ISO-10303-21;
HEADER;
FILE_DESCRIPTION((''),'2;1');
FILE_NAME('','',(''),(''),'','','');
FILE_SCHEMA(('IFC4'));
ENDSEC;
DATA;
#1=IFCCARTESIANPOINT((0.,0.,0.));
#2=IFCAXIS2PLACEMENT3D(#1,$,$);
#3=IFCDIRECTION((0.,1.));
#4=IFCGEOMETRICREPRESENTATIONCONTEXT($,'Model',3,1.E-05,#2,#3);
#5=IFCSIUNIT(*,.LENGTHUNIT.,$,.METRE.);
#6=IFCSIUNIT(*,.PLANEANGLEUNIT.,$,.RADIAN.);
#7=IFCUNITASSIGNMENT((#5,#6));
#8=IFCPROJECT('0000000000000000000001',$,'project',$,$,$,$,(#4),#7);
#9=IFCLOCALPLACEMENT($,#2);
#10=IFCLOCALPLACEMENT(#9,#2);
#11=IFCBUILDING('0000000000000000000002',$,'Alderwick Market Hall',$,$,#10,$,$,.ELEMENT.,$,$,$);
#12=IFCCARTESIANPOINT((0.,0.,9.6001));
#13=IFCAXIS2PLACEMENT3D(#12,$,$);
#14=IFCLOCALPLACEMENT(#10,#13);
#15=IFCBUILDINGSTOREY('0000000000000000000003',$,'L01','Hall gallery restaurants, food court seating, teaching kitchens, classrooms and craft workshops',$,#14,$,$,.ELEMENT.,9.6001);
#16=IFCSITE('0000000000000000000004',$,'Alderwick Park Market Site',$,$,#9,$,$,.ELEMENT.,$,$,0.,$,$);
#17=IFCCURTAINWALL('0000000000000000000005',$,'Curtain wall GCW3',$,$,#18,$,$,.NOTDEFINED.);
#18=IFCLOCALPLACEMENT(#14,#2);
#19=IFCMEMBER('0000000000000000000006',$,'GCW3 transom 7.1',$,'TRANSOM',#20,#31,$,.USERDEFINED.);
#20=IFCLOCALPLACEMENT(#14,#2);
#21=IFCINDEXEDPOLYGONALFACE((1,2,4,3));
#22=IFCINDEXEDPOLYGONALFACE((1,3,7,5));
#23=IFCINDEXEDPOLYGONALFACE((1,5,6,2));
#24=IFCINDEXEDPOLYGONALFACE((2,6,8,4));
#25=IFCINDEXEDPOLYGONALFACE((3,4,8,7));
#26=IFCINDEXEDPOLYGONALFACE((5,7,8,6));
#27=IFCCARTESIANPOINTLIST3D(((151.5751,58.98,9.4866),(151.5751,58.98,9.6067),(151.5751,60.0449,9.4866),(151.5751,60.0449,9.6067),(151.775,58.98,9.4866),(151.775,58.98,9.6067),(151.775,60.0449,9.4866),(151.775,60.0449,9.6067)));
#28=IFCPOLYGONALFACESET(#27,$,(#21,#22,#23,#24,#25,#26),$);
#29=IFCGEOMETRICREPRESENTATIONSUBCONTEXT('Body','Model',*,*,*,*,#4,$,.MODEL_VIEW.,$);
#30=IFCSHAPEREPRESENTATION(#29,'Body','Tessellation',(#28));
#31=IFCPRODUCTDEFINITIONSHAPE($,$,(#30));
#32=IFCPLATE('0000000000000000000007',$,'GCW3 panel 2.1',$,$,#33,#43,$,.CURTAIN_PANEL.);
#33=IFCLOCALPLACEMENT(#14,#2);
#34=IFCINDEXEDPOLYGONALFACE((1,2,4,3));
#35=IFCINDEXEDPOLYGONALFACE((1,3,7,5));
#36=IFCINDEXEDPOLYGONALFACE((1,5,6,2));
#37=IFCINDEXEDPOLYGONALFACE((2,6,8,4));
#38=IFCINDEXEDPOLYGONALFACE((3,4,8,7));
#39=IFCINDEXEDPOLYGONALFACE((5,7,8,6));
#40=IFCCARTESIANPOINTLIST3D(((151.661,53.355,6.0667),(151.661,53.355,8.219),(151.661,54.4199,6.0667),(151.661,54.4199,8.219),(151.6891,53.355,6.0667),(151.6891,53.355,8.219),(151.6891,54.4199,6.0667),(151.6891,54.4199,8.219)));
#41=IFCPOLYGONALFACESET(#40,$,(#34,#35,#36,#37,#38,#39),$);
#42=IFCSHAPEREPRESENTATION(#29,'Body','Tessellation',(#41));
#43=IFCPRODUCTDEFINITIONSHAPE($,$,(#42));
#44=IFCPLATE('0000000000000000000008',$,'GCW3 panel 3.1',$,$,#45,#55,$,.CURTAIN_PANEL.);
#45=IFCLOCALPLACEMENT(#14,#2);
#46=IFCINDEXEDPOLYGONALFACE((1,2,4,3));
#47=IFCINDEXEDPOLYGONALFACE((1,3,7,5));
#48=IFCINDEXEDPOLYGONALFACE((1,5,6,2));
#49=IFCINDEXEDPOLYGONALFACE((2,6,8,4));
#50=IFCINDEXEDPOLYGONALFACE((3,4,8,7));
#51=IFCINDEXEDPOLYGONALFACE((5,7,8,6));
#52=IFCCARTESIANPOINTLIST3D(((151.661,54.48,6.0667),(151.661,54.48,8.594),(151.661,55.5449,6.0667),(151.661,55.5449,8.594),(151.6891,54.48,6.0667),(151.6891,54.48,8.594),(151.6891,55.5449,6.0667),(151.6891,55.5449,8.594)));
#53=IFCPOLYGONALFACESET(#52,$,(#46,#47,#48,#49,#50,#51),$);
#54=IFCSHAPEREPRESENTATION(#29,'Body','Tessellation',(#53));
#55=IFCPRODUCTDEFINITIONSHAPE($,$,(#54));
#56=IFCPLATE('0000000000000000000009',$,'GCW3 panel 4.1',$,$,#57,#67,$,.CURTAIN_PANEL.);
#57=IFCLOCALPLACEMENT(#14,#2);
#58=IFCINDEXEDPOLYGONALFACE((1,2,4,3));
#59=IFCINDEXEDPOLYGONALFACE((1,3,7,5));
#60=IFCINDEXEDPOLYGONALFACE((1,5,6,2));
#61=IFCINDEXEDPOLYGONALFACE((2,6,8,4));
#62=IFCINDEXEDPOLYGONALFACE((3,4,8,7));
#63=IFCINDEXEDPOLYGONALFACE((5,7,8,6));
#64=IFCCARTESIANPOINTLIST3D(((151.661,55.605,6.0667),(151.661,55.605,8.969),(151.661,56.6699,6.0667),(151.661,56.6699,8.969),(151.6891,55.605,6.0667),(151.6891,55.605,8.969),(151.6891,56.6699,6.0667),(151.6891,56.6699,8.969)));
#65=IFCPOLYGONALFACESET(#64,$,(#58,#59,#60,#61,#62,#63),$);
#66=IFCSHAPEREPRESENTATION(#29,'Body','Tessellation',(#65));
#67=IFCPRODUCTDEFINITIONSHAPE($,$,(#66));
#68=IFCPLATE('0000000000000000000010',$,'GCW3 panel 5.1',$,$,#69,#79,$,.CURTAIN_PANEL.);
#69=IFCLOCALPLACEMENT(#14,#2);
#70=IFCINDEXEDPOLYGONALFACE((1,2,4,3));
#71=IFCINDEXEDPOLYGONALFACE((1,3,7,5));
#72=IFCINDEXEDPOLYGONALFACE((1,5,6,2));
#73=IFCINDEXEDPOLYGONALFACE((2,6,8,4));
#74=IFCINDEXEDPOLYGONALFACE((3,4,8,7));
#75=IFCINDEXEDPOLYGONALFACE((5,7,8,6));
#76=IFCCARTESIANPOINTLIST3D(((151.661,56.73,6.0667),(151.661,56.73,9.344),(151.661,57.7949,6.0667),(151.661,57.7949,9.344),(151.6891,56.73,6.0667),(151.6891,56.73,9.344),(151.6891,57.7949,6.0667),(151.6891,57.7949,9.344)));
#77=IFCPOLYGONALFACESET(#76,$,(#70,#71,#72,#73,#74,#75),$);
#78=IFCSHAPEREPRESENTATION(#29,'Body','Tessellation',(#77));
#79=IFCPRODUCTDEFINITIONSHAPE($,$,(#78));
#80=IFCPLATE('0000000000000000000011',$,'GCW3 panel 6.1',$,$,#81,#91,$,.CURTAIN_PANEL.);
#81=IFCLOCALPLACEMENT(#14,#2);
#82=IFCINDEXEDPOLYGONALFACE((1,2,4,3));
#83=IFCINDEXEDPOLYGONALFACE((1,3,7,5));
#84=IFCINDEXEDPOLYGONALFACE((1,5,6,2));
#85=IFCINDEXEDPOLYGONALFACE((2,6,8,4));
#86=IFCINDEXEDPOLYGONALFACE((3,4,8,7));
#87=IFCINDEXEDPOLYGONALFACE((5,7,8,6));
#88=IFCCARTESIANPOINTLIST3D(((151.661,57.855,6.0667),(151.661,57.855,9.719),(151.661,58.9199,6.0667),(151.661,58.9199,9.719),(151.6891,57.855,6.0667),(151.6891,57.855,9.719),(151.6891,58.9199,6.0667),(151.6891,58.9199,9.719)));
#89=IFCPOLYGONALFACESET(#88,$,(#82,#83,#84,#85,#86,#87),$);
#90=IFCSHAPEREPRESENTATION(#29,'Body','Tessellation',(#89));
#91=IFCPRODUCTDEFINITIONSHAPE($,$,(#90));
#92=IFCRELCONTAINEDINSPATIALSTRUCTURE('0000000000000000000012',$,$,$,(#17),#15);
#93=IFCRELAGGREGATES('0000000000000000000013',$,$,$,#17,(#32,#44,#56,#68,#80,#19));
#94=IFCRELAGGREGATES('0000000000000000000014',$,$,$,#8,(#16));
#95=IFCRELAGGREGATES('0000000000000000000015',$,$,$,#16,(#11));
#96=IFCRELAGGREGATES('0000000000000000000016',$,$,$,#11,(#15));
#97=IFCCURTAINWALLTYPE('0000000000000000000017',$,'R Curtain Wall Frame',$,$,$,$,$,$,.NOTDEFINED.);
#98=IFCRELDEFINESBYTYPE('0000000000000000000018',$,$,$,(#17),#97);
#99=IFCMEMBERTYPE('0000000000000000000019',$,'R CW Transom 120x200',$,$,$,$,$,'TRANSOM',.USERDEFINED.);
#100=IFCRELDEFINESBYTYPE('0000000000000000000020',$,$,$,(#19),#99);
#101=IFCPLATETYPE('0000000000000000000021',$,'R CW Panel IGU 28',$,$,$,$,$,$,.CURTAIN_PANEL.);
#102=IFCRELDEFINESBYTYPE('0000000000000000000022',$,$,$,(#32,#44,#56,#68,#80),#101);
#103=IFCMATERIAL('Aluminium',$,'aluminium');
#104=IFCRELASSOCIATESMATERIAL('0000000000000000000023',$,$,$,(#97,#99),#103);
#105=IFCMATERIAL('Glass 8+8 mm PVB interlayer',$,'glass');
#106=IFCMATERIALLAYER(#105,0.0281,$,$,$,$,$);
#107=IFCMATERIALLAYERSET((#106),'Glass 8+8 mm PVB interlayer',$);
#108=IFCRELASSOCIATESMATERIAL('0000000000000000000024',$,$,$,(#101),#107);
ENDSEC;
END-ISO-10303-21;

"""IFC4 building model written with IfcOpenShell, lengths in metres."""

from ifc_helpers import new_model, si_unit, direction, frame, origin, origin_2d, place, context, subcontext, project, spatial, rectangle, extrude, material, layer, layer_set, material_profile, profile_set, type_object, element, aggregate, save


model = new_model("IFC4")

# Units and contexts
model_context = context("Model", 3, precision=1e-05, world=origin(), true_north=direction((0.0, 1.0)))
body_context = subcontext(model_context, "Body", "Model", "MODEL_VIEW")
ifc_project = project(units=[si_unit("LENGTHUNIT", "METRE"), si_unit("PLANEANGLEUNIT", "RADIAN")], contexts=[model_context])

# Site, building, storey
site_placement = place(None, origin())
site = spatial("IfcSite", under=ifc_project, at=site_placement, Name="Alderwick Park Market Site", CompositionType="ELEMENT", RefElevation=0.0)
building_placement = place(site_placement, origin())
building = spatial("IfcBuilding", under=site, at=building_placement, Name="Alderwick Market Hall", CompositionType="ELEMENT")
storey_placement = place(building_placement, frame((0.0, 0.0, 9.6001)))
storey = spatial("IfcBuildingStorey", under=building, at=storey_placement, Name="L01", Description="Hall gallery restaurants, food court seating, teaching kitchens, classrooms and craft workshops", CompositionType="ELEMENT", Elevation=9.6001)

# Curtain wall, member, plates
ifc_material_1 = material(Name="Aluminium", Category="aluminium")
curtain_wall_type = type_object("IfcCurtainWallType", Name="R Curtain Wall Frame", PredefinedType="NOTDEFINED", material=ifc_material_1)
curtain_wall_placement = place(storey_placement, origin())
curtain_wall = element("IfcCurtainWall", 1, at=curtain_wall_placement, inside=storey, type_object=curtain_wall_type, Name="Curtain wall GCW3", PredefinedType="NOTDEFINED")
ifc_material_profile_1 = material_profile(ifc_material_1, rectangle(XDim=0.2, YDim=0.1201, at=origin_2d()), Name="AL 120x200")
ifc_profile_set_1 = profile_set([ifc_material_profile_1], Name="Aluminium")
member_type_1 = type_object("IfcMemberType", Name="R CW Transom 120x200", ElementType="TRANSOM", PredefinedType="USERDEFINED", material=ifc_profile_set_1)
member_1_placement = place(storey_placement, frame((151.675, 58.98, 9.5466), z_axis=(0.0, 1.0, 0.0), x_axis=(-1.0, 0.0, 0.0)))
member_1 = element("IfcMember", 2, at=member_1_placement, type_object=member_type_1, Name="GCW3 transom 7.1", ObjectType="TRANSOM", PredefinedType="USERDEFINED", context=body_context, shape_type="SweptSolid", body=[
    extrude(rectangle(XDim=0.2, YDim=0.1201, at=origin_2d()), origin(), (0.0, 0.0, 1.0), 1.0649),
])
ifc_material_2 = material(Name="Glass 8+8 mm PVB interlayer", Category="glass")
ifc_layer = layer(ifc_material_2, 0.0281)
ifc_layer_set = layer_set([ifc_layer], Name="Glass 8+8 mm PVB interlayer")
plate_type = type_object("IfcPlateType", Name="R CW Panel IGU 28", PredefinedType="CURTAIN_PANEL", material=ifc_layer_set)
plate_1_placement = place(storey_placement, frame((151.675, 53.8875, 6.0667), z_axis=(0.0, 0.0, 1.0), x_axis=(1.0, 0.0, 0.0)))
plate_1 = element("IfcPlate", 3, at=plate_1_placement, type_object=plate_type, Name="GCW3 panel 2.1", PredefinedType="CURTAIN_PANEL", context=body_context, shape_type="SweptSolid", body=[
    extrude(rectangle(XDim=0.0281, YDim=1.0649, at=origin_2d()), origin(), (0.0, 0.0, 1.0), 2.1523),
])
plate_2_placement = place(storey_placement, frame((151.675, 55.0125, 6.0667), z_axis=(0.0, 0.0, 1.0), x_axis=(1.0, 0.0, 0.0)))
plate_2 = element("IfcPlate", 4, at=plate_2_placement, type_object=plate_type, Name="GCW3 panel 3.1", PredefinedType="CURTAIN_PANEL", context=body_context, shape_type="SweptSolid", body=[
    extrude(rectangle(XDim=0.0281, YDim=1.0649, at=origin_2d()), origin(), (0.0, 0.0, 1.0), 2.5273),
])
plate_3_placement = place(storey_placement, frame((151.675, 56.1375, 6.0667), z_axis=(0.0, 0.0, 1.0), x_axis=(1.0, 0.0, 0.0)))
plate_3 = element("IfcPlate", 5, at=plate_3_placement, type_object=plate_type, Name="GCW3 panel 4.1", PredefinedType="CURTAIN_PANEL", context=body_context, shape_type="SweptSolid", body=[
    extrude(rectangle(XDim=0.0281, YDim=1.0649, at=origin_2d()), origin(), (0.0, 0.0, 1.0), 2.9023),
])
plate_4_placement = place(storey_placement, frame((151.675, 57.2625, 6.0667), z_axis=(0.0, 0.0, 1.0), x_axis=(1.0, 0.0, 0.0)))
plate_4 = element("IfcPlate", 6, at=plate_4_placement, type_object=plate_type, Name="GCW3 panel 5.1", PredefinedType="CURTAIN_PANEL", context=body_context, shape_type="SweptSolid", body=[
    extrude(rectangle(XDim=0.0281, YDim=1.0649, at=origin_2d()), origin(), (0.0, 0.0, 1.0), 3.2773),
])
plate_5_placement = place(storey_placement, frame((151.675, 58.3875, 6.0667), z_axis=(0.0, 0.0, 1.0), x_axis=(1.0, 0.0, 0.0)))
plate_5 = element("IfcPlate", 7, at=plate_5_placement, type_object=plate_type, Name="GCW3 panel 6.1", PredefinedType="CURTAIN_PANEL", context=body_context, shape_type="SweptSolid", body=[
    extrude(rectangle(XDim=0.0281, YDim=1.0649, at=origin_2d()), origin(), (0.0, 0.0, 1.0), 3.6523),
])
aggregate(curtain_wall, [plate_1, plate_2, plate_3, plate_4, plate_5, member_1])

save(model, "model.ifc")
